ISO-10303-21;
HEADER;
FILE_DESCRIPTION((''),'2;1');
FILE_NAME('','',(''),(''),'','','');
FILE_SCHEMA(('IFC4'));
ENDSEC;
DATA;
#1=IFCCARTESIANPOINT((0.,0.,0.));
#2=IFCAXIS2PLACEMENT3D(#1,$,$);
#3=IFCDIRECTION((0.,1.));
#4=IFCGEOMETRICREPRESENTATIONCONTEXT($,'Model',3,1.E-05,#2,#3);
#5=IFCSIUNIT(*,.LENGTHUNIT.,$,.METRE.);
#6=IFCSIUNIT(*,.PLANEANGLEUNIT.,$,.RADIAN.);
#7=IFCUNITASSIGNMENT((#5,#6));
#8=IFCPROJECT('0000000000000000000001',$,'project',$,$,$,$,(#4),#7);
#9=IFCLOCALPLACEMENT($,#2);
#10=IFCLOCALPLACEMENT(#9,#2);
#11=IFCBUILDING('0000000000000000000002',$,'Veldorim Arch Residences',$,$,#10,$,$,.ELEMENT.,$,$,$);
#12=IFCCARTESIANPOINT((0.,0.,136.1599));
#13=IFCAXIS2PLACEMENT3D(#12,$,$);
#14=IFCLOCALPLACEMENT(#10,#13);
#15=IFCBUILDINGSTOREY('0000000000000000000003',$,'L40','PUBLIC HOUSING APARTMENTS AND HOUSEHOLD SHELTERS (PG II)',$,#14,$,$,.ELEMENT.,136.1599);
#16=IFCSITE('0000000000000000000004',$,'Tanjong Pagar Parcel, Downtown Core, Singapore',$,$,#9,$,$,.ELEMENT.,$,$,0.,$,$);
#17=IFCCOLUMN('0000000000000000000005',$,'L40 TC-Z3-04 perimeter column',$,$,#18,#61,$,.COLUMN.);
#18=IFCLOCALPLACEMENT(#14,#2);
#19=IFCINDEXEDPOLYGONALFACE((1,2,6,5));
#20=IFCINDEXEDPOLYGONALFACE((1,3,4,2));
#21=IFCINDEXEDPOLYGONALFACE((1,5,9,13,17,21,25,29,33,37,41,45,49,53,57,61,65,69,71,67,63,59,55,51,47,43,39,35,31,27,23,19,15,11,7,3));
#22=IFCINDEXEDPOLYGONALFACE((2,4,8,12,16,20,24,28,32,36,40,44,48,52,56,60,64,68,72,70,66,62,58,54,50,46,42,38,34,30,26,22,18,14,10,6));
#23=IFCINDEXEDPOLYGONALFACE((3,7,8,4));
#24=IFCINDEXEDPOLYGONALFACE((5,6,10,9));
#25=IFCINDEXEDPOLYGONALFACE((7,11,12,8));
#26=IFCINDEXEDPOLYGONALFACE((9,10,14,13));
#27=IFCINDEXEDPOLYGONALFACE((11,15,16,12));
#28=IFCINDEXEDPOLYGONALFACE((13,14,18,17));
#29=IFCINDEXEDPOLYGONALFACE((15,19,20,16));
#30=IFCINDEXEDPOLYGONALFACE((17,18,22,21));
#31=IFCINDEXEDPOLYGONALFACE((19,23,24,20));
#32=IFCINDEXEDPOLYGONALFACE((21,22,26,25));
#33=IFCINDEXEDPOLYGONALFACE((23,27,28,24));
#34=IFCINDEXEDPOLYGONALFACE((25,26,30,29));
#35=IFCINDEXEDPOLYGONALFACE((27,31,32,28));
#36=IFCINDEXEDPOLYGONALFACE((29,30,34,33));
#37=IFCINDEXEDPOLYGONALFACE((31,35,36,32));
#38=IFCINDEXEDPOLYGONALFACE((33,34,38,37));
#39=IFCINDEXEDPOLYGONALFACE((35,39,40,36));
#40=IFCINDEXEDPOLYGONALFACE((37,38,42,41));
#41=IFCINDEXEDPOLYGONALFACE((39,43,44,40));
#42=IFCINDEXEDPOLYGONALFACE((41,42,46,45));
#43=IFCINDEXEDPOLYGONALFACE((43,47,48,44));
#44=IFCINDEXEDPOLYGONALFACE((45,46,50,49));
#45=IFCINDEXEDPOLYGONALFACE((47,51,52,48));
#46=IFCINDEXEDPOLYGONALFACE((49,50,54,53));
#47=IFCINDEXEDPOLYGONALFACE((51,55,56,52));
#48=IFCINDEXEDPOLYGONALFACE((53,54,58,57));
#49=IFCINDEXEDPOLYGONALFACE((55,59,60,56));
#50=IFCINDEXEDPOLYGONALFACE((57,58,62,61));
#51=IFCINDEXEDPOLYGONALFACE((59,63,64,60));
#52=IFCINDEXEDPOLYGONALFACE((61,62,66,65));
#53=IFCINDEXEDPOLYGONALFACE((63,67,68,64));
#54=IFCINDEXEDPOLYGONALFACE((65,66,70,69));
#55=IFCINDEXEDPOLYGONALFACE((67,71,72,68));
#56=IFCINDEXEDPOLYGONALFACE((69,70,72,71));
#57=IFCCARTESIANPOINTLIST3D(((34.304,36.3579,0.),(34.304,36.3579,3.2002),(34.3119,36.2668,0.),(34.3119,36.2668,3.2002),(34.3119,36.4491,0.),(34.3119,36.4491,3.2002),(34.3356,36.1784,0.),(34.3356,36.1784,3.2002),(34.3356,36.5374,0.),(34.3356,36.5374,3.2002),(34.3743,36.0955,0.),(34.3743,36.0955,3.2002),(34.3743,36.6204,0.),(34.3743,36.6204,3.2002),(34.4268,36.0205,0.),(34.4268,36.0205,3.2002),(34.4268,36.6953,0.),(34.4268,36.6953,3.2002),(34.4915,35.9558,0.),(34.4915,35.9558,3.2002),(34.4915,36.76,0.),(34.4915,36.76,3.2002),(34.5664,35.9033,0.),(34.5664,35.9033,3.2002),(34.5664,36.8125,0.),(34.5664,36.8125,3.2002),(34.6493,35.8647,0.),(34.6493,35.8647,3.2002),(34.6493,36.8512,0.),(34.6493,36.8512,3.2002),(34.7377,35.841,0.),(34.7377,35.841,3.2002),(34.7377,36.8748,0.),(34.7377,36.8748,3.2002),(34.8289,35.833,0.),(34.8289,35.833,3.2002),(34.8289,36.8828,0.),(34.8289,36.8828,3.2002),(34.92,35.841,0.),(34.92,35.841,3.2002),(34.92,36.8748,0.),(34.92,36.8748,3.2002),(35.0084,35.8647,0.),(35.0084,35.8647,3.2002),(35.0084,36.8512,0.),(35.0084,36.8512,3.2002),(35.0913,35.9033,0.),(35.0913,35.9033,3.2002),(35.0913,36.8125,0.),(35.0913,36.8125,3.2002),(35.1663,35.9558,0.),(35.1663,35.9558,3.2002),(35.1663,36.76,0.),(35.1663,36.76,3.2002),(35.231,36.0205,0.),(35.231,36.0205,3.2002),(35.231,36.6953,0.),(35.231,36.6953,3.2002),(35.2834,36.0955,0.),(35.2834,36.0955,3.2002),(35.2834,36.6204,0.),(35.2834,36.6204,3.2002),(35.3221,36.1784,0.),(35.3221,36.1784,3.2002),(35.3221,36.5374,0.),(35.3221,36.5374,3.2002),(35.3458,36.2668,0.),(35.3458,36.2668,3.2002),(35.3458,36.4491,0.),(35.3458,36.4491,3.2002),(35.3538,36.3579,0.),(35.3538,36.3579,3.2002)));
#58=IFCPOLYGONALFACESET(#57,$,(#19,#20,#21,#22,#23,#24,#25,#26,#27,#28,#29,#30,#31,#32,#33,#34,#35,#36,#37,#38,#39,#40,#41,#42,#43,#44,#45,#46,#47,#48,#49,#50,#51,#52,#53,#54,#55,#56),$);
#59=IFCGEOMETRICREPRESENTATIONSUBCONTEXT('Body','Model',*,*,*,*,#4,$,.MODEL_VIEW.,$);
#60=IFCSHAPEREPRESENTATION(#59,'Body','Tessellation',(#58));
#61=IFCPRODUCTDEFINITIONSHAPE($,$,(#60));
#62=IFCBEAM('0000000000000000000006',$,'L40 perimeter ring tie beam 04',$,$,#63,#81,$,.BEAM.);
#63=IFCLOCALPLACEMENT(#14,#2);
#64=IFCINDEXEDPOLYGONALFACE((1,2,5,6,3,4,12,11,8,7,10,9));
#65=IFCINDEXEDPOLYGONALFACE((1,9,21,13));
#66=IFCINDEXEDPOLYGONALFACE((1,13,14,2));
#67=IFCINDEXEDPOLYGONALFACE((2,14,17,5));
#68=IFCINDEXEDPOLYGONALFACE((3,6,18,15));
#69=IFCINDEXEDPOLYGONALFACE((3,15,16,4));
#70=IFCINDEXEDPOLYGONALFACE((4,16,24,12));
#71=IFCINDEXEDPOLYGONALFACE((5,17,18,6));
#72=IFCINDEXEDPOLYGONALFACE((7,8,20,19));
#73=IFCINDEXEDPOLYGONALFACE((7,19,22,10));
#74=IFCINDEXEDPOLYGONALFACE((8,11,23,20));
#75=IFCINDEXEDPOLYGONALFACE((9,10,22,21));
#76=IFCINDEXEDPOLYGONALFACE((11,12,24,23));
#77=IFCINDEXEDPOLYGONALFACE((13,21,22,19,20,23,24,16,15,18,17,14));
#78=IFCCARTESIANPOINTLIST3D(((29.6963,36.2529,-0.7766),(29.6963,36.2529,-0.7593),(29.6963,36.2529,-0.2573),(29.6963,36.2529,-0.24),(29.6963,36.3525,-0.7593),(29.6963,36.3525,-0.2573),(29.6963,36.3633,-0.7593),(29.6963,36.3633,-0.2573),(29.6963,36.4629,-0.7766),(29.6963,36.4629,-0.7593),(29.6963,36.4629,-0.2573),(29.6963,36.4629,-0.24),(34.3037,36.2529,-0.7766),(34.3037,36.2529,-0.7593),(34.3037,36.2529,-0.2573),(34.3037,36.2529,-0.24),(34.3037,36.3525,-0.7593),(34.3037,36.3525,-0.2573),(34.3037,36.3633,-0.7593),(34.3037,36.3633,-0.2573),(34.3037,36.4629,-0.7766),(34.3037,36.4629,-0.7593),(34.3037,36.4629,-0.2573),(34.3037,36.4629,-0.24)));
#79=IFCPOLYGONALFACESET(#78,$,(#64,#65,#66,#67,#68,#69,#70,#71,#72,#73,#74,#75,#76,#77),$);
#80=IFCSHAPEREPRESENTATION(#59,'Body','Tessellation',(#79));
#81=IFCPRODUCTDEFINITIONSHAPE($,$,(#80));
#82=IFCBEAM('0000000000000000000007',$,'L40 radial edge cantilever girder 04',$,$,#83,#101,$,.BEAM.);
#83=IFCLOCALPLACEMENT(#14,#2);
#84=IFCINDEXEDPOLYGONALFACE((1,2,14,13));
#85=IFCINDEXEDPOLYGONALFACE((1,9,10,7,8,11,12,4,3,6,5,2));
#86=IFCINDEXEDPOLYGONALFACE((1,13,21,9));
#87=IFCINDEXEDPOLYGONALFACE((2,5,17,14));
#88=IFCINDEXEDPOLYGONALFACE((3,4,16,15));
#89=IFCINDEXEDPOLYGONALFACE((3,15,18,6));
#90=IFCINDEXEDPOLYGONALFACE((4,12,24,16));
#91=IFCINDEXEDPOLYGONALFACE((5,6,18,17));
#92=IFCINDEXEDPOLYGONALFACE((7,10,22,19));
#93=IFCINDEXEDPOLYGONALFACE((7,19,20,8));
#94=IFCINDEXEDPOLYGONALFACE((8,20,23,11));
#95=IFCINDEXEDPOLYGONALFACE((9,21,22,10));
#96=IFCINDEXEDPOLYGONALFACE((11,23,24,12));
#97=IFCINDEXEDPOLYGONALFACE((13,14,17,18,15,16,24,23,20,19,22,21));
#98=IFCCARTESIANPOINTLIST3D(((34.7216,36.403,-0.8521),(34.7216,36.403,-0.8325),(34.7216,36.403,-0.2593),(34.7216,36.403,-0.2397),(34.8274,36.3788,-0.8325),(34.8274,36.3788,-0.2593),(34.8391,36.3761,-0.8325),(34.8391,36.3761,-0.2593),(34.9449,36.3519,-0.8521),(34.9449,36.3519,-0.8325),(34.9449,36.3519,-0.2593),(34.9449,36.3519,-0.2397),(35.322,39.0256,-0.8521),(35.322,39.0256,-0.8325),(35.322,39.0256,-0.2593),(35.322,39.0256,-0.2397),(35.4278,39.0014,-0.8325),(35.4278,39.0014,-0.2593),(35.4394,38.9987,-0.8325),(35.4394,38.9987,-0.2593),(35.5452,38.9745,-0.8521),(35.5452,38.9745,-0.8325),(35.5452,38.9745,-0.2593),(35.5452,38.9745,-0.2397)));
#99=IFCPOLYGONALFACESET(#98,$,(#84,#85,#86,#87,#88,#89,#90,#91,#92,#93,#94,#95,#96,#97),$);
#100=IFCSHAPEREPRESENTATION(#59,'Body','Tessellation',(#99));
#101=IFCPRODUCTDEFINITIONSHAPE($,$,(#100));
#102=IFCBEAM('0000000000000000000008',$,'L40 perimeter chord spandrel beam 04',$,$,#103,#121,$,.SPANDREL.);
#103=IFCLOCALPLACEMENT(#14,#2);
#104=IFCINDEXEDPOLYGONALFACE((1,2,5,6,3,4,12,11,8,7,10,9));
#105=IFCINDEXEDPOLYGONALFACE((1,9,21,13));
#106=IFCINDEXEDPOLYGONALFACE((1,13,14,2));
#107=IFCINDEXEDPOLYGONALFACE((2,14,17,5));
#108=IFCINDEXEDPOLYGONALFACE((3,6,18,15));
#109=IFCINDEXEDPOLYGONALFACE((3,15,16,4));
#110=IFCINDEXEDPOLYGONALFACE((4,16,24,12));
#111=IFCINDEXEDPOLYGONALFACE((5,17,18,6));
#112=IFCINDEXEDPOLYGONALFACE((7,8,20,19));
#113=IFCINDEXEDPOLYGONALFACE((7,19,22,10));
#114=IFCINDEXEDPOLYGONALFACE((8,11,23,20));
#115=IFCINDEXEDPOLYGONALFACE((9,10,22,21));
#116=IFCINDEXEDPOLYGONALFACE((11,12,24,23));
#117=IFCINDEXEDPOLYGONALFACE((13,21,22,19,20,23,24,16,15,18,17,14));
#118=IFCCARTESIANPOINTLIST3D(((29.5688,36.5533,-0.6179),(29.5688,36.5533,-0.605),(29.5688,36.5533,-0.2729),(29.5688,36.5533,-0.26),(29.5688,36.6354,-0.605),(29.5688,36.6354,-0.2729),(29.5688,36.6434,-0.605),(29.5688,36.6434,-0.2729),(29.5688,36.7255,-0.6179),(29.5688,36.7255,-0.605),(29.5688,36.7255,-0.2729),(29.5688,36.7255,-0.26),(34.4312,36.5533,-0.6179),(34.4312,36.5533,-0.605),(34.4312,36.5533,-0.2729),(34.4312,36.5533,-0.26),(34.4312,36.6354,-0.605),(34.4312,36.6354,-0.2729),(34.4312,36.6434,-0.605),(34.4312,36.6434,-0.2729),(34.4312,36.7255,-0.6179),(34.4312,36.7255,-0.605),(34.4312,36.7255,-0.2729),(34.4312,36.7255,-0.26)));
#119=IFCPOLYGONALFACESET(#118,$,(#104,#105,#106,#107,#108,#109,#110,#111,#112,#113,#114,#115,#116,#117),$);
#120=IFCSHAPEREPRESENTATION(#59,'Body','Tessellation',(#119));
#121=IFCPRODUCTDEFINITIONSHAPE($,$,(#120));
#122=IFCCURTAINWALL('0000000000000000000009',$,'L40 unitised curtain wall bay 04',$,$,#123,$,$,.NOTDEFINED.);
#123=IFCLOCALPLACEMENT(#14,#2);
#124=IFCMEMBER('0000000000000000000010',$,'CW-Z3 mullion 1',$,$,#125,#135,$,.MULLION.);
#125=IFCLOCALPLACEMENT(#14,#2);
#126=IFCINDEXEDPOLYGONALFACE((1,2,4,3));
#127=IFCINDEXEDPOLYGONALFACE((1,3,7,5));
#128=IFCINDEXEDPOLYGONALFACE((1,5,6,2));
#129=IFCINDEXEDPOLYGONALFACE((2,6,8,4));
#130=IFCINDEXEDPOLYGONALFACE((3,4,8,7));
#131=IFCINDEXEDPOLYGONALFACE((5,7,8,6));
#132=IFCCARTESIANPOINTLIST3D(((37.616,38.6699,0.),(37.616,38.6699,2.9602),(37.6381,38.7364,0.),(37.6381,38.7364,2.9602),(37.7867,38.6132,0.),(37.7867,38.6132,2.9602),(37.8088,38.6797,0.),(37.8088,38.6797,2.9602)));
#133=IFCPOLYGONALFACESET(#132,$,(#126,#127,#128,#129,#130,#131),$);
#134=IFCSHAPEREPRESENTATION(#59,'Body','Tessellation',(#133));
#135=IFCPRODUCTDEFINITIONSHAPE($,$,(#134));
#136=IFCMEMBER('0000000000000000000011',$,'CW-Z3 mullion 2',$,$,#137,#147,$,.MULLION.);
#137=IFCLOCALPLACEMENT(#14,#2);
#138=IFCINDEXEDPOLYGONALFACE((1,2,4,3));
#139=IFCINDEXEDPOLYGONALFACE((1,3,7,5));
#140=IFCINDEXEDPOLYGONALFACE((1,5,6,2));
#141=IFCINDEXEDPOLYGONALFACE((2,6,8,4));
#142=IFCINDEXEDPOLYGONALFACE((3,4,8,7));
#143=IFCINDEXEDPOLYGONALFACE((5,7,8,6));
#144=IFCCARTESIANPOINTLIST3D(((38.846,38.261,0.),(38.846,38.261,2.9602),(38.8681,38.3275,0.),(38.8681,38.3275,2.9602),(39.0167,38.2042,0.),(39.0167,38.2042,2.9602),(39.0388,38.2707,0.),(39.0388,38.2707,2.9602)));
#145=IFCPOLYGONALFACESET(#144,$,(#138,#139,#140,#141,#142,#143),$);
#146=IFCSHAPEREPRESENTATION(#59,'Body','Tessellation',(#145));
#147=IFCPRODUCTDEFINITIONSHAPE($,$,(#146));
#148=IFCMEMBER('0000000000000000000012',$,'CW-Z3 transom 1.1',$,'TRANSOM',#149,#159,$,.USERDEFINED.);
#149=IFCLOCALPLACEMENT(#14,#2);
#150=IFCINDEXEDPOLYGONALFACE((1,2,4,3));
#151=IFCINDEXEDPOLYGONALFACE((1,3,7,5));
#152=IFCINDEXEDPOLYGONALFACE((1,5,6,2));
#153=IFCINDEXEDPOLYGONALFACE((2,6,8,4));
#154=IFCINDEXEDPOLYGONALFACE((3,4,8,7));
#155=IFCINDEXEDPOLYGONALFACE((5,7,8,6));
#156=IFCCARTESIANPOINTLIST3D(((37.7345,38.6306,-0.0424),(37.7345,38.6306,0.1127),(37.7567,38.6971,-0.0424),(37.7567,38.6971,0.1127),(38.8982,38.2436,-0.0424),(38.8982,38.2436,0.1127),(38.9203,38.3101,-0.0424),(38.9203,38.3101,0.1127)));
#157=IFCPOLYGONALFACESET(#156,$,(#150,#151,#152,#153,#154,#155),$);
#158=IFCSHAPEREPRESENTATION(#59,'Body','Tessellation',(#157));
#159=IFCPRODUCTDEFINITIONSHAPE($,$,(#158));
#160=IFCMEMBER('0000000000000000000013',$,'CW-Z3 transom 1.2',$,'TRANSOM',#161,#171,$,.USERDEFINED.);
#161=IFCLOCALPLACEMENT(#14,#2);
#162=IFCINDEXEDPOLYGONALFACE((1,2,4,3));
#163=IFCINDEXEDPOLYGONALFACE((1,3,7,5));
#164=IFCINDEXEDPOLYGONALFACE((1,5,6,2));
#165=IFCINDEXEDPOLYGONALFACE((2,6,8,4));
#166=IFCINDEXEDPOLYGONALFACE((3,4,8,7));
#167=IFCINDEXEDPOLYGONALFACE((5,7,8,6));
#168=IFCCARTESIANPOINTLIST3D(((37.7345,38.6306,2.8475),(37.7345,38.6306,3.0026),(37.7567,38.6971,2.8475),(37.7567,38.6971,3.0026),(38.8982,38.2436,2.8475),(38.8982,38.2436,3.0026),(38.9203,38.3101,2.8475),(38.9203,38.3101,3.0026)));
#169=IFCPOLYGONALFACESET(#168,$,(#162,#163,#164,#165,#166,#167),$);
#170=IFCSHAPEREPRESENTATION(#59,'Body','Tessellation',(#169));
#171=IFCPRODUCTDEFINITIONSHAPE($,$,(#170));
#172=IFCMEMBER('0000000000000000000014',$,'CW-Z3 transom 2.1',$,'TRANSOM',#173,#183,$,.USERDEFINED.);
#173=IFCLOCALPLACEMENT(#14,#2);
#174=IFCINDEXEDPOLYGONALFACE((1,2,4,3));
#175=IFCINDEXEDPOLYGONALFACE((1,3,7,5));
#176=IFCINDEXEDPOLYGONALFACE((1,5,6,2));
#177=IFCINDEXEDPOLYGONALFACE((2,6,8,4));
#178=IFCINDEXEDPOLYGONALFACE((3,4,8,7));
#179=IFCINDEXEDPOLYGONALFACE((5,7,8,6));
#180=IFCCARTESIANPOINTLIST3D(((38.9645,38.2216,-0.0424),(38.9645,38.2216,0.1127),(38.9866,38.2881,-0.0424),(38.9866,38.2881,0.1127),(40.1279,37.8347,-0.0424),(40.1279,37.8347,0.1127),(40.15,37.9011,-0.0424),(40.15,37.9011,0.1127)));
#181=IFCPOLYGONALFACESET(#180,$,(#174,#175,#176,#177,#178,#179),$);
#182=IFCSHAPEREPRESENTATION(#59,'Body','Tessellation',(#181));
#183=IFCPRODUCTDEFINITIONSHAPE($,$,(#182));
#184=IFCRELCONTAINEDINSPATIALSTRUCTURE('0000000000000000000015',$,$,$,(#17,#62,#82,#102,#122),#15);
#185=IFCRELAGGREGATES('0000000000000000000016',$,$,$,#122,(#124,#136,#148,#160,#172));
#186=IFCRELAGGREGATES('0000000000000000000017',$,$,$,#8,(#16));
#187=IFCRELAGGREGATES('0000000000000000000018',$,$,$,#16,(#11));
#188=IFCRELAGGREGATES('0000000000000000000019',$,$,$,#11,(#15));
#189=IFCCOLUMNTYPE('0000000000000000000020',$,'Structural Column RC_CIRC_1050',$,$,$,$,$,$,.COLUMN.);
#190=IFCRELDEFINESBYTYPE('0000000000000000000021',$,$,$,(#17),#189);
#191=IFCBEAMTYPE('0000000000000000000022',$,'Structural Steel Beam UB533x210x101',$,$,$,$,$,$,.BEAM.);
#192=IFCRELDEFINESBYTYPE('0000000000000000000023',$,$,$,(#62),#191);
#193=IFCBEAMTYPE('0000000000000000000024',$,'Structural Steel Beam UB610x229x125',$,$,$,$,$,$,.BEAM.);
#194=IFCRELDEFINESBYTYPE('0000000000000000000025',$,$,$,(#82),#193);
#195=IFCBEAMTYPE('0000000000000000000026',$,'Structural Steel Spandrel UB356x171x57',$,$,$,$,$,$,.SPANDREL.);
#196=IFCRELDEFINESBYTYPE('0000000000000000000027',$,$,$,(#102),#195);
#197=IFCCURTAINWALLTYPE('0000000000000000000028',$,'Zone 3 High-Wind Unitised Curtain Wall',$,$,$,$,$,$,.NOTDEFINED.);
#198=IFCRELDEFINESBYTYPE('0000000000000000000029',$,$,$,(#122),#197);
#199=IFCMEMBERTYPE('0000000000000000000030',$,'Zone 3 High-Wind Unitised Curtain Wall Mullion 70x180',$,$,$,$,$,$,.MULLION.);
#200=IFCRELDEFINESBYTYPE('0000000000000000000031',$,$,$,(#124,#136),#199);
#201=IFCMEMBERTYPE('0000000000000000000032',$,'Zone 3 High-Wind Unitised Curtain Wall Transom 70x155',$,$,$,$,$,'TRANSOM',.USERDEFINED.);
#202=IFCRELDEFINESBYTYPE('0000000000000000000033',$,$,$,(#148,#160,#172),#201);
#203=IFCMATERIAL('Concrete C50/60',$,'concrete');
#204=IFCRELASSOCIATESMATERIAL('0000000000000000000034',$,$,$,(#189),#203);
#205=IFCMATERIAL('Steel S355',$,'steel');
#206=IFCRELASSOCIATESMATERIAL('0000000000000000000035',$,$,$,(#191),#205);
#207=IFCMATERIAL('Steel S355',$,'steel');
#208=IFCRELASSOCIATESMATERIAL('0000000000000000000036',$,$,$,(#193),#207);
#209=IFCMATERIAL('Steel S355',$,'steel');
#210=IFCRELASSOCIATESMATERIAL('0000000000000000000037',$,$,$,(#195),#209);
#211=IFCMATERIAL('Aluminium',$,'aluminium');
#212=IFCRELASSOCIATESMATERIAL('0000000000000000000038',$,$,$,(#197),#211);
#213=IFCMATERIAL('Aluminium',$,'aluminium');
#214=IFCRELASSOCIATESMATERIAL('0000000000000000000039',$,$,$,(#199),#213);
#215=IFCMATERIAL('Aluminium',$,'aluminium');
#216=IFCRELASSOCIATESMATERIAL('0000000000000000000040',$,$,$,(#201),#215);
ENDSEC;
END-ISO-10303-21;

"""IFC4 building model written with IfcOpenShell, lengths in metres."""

from ifc_helpers import new_model, si_unit, direction, frame, origin, origin_2d, place, context, subcontext, project, spatial, rectangle, circle, i_section, extrude, material, material_profile, profile_set, type_object, element, aggregate, save


model = new_model("IFC4")

# Units and contexts
model_context = context("Model", 3, precision=1e-05, world=origin(), true_north=direction((0.0, 1.0)))
body_context = subcontext(model_context, "Body", "Model", "MODEL_VIEW")
ifc_project = project(units=[si_unit("LENGTHUNIT", "METRE"), si_unit("PLANEANGLEUNIT", "RADIAN")], contexts=[model_context])

# Site, building, storey
site_placement = place(None, origin())
site = spatial("IfcSite", under=ifc_project, at=site_placement, Name="Tanjong Pagar Parcel, Downtown Core, Singapore", CompositionType="ELEMENT", RefElevation=0.0)
building_placement = place(site_placement, origin())
building = spatial("IfcBuilding", under=site, at=building_placement, Name="Veldorim Arch Residences", CompositionType="ELEMENT")
storey_placement = place(building_placement, frame((0.0, 0.0, 136.1599)))
storey = spatial("IfcBuildingStorey", under=building, at=storey_placement, Name="L40", Description="PUBLIC HOUSING APARTMENTS AND HOUSEHOLD SHELTERS (PG II)", CompositionType="ELEMENT", Elevation=136.1599)

# Column
ifc_material_1 = material(Name="Concrete C50/60", Category="concrete")
ifc_material_profile_1 = material_profile(ifc_material_1, circle(Radius=0.5249, at=origin_2d()), Name="RC_CIRC_1050")
ifc_profile_set_1 = profile_set([ifc_material_profile_1], Name="Concrete C50/60")
column_type = type_object("IfcColumnType", Name="Structural Column RC_CIRC_1050", PredefinedType="COLUMN", material=ifc_profile_set_1)
column_placement = place(storey_placement, frame((34.8289, 36.3579, 0.0), z_axis=(0.0, 0.0, 1.0), x_axis=(1.0, 0.0, 0.0)))
element("IfcColumn", 1, at=column_placement, inside=storey, type_object=column_type, Name="L40 TC-Z3-04 perimeter column", PredefinedType="COLUMN", context=body_context, shape_type="SweptSolid", body=[
    extrude(circle(Radius=0.5249, at=origin_2d()), origin(), (0.0, 0.0, 1.0), 3.2002),
])

# Beams
ifc_material_2 = material(Name="Steel S355", Category="steel")
ifc_material_profile_2 = material_profile(ifc_material_2, i_section(OverallWidth=0.21, OverallDepth=0.5366, WebThickness=0.0107, FlangeThickness=0.0173, at=origin_2d()), Name="UB533x210x101")
ifc_profile_set_2 = profile_set([ifc_material_profile_2], Name="Steel S355")
beam_type_1 = type_object("IfcBeamType", Name="Structural Steel Beam UB533x210x101", PredefinedType="BEAM", material=ifc_profile_set_2)
beam_1_placement = place(storey_placement, frame((34.3037, 36.3579, -0.5083), z_axis=(-1.0, 0.0, 0.0), x_axis=(0.0, -1.0, 0.0)))
element("IfcBeam", 2, at=beam_1_placement, inside=storey, type_object=beam_type_1, Name="L40 perimeter ring tie beam 04", PredefinedType="BEAM", context=body_context, shape_type="SweptSolid", body=[
    extrude(i_section(OverallWidth=0.21, OverallDepth=0.5366, WebThickness=0.0107, FlangeThickness=0.0173, at=origin_2d()), origin(), (0.0, 0.0, 1.0), 4.6074),
])
ifc_material_3 = material(Name="Steel S355", Category="steel")
ifc_material_profile_3 = material_profile(ifc_material_3, i_section(OverallWidth=0.229, OverallDepth=0.6123, WebThickness=0.012, FlangeThickness=0.0195, at=origin_2d()), Name="UB610x229x125")
ifc_profile_set_3 = profile_set([ifc_material_profile_3], Name="Steel S355")
beam_type_2 = type_object("IfcBeamType", Name="Structural Steel Beam UB610x229x125", PredefinedType="BEAM", material=ifc_profile_set_3)
beam_2_placement = place(storey_placement, frame((34.8333, 36.3774, -0.5459), z_axis=(0.223143, 0.974786, 0.0), x_axis=(-0.974786, 0.223143, 0.0)))
element("IfcBeam", 3, at=beam_2_placement, inside=storey, type_object=beam_type_2, Name="L40 radial edge cantilever girder 04", PredefinedType="BEAM", context=body_context, shape_type="SweptSolid", body=[
    extrude(i_section(OverallWidth=0.229, OverallDepth=0.6123, WebThickness=0.012, FlangeThickness=0.0195, at=origin_2d()), origin(), (0.0, 0.0, 1.0), 2.6904),
])
ifc_material_4 = material(Name="Steel S355", Category="steel")
ifc_material_profile_4 = material_profile(ifc_material_4, i_section(OverallWidth=0.1721, OverallDepth=0.3579, WebThickness=0.0081, FlangeThickness=0.0129, at=origin_2d()), Name="UB356x171x57")
ifc_profile_set_4 = profile_set([ifc_material_profile_4], Name="Steel S355")
beam_type_3 = type_object("IfcBeamType", Name="Structural Steel Spandrel UB356x171x57", PredefinedType="SPANDREL", material=ifc_profile_set_4)
beam_3_placement = place(storey_placement, frame((34.4312, 36.6394, -0.439), z_axis=(-1.0, 0.0, 0.0), x_axis=(0.0, -1.0, 0.0)))
element("IfcBeam", 4, at=beam_3_placement, inside=storey, type_object=beam_type_3, Name="L40 perimeter chord spandrel beam 04", PredefinedType="SPANDREL", context=body_context, shape_type="SweptSolid", body=[
    extrude(i_section(OverallWidth=0.1721, OverallDepth=0.3579, WebThickness=0.0081, FlangeThickness=0.0129, at=origin_2d()), origin(), (0.0, 0.0, 1.0), 4.8623),
])

# Curtain wall, members
ifc_material_5 = material(Name="Aluminium", Category="aluminium")
curtain_wall_type = type_object("IfcCurtainWallType", Name="Zone 3 High-Wind Unitised Curtain Wall", PredefinedType="NOTDEFINED", material=ifc_material_5)
curtain_wall_placement = place(storey_placement, origin())
curtain_wall = element("IfcCurtainWall", 5, at=curtain_wall_placement, inside=storey, type_object=curtain_wall_type, Name="L40 unitised curtain wall bay 04", PredefinedType="NOTDEFINED")
ifc_material_6 = material(Name="Aluminium", Category="aluminium")
ifc_material_profile_5 = material_profile(ifc_material_6, rectangle(XDim=0.0701, YDim=0.1799, at=origin_2d()), Name="ALU_MUL_70x180")
ifc_profile_set_5 = profile_set([ifc_material_profile_5], Name="Aluminium")
member_type_1 = type_object("IfcMemberType", Name="Zone 3 High-Wind Unitised Curtain Wall Mullion 70x180", PredefinedType="MULLION", material=ifc_profile_set_5)
member_1_placement = place(storey_placement, frame((37.7124, 38.6748, 0.0), z_axis=(0.0, 0.0, 1.0), x_axis=(0.315552, 0.948908, 0.0)))
member_1 = element("IfcMember", 6, at=member_1_placement, type_object=member_type_1, Name="CW-Z3 mullion 1", PredefinedType="MULLION", context=body_context, shape_type="SweptSolid", body=[
    extrude(rectangle(XDim=0.0701, YDim=0.1799, at=origin_2d()), origin(), (0.0, 0.0, 1.0), 2.9602),
])
member_2_placement = place(storey_placement, frame((38.9424, 38.2659, 0.0), z_axis=(0.0, 0.0, 1.0), x_axis=(0.315552, 0.948908, 0.0)))
member_2 = element("IfcMember", 7, at=member_2_placement, type_object=member_type_1, Name="CW-Z3 mullion 2", PredefinedType="MULLION", context=body_context, shape_type="SweptSolid", body=[
    extrude(rectangle(XDim=0.0701, YDim=0.1799, at=origin_2d()), origin(), (0.0, 0.0, 1.0), 2.9602),
])
ifc_material_7 = material(Name="Aluminium", Category="aluminium")
ifc_material_profile_6 = material_profile(ifc_material_7, rectangle(XDim=0.0701, YDim=0.155, at=origin_2d()), Name="ALU_TRN_70x155")
ifc_profile_set_6 = profile_set([ifc_material_profile_6], Name="Aluminium")
member_type_2 = type_object("IfcMemberType", Name="Zone 3 High-Wind Unitised Curtain Wall Transom 70x155", ElementType="TRANSOM", PredefinedType="USERDEFINED", material=ifc_profile_set_6)
member_3_placement = place(storey_placement, frame((37.7456, 38.6638, 0.0352), z_axis=(0.948902, -0.315571, 0.0), x_axis=(0.315571, 0.948902, 0.0)))
member_3 = element("IfcMember", 8, at=member_3_placement, type_object=member_type_2, Name="CW-Z3 transom 1.1", ObjectType="TRANSOM", PredefinedType="USERDEFINED", context=body_context, shape_type="SweptSolid", body=[
    extrude(rectangle(XDim=0.0701, YDim=0.155, at=origin_2d()), origin(), (0.0, 0.0, 1.0), 1.2263),
])
member_4_placement = place(storey_placement, frame((37.7456, 38.6638, 2.925), z_axis=(0.948902, -0.315571, 0.0), x_axis=(0.315571, 0.948902, 0.0)))
member_4 = element("IfcMember", 9, at=member_4_placement, type_object=member_type_2, Name="CW-Z3 transom 1.2", ObjectType="TRANSOM", PredefinedType="USERDEFINED", context=body_context, shape_type="SweptSolid", body=[
    extrude(rectangle(XDim=0.0701, YDim=0.155, at=origin_2d()), origin(), (0.0, 0.0, 1.0), 1.2263),
])
member_5_placement = place(storey_placement, frame((38.9756, 38.2549, 0.0352), z_axis=(0.948882, -0.31563, 0.0), x_axis=(0.31563, 0.948882, 0.0)))
member_5 = element("IfcMember", 10, at=member_5_placement, type_object=member_type_2, Name="CW-Z3 transom 2.1", ObjectType="TRANSOM", PredefinedType="USERDEFINED", context=body_context, shape_type="SweptSolid", body=[
    extrude(rectangle(XDim=0.0701, YDim=0.155, at=origin_2d()), origin(), (0.0, 0.0, 1.0), 1.2261),
])
aggregate(curtain_wall, [member_1, member_2, member_3, member_4, member_5])

save(model, "model.ifc")
